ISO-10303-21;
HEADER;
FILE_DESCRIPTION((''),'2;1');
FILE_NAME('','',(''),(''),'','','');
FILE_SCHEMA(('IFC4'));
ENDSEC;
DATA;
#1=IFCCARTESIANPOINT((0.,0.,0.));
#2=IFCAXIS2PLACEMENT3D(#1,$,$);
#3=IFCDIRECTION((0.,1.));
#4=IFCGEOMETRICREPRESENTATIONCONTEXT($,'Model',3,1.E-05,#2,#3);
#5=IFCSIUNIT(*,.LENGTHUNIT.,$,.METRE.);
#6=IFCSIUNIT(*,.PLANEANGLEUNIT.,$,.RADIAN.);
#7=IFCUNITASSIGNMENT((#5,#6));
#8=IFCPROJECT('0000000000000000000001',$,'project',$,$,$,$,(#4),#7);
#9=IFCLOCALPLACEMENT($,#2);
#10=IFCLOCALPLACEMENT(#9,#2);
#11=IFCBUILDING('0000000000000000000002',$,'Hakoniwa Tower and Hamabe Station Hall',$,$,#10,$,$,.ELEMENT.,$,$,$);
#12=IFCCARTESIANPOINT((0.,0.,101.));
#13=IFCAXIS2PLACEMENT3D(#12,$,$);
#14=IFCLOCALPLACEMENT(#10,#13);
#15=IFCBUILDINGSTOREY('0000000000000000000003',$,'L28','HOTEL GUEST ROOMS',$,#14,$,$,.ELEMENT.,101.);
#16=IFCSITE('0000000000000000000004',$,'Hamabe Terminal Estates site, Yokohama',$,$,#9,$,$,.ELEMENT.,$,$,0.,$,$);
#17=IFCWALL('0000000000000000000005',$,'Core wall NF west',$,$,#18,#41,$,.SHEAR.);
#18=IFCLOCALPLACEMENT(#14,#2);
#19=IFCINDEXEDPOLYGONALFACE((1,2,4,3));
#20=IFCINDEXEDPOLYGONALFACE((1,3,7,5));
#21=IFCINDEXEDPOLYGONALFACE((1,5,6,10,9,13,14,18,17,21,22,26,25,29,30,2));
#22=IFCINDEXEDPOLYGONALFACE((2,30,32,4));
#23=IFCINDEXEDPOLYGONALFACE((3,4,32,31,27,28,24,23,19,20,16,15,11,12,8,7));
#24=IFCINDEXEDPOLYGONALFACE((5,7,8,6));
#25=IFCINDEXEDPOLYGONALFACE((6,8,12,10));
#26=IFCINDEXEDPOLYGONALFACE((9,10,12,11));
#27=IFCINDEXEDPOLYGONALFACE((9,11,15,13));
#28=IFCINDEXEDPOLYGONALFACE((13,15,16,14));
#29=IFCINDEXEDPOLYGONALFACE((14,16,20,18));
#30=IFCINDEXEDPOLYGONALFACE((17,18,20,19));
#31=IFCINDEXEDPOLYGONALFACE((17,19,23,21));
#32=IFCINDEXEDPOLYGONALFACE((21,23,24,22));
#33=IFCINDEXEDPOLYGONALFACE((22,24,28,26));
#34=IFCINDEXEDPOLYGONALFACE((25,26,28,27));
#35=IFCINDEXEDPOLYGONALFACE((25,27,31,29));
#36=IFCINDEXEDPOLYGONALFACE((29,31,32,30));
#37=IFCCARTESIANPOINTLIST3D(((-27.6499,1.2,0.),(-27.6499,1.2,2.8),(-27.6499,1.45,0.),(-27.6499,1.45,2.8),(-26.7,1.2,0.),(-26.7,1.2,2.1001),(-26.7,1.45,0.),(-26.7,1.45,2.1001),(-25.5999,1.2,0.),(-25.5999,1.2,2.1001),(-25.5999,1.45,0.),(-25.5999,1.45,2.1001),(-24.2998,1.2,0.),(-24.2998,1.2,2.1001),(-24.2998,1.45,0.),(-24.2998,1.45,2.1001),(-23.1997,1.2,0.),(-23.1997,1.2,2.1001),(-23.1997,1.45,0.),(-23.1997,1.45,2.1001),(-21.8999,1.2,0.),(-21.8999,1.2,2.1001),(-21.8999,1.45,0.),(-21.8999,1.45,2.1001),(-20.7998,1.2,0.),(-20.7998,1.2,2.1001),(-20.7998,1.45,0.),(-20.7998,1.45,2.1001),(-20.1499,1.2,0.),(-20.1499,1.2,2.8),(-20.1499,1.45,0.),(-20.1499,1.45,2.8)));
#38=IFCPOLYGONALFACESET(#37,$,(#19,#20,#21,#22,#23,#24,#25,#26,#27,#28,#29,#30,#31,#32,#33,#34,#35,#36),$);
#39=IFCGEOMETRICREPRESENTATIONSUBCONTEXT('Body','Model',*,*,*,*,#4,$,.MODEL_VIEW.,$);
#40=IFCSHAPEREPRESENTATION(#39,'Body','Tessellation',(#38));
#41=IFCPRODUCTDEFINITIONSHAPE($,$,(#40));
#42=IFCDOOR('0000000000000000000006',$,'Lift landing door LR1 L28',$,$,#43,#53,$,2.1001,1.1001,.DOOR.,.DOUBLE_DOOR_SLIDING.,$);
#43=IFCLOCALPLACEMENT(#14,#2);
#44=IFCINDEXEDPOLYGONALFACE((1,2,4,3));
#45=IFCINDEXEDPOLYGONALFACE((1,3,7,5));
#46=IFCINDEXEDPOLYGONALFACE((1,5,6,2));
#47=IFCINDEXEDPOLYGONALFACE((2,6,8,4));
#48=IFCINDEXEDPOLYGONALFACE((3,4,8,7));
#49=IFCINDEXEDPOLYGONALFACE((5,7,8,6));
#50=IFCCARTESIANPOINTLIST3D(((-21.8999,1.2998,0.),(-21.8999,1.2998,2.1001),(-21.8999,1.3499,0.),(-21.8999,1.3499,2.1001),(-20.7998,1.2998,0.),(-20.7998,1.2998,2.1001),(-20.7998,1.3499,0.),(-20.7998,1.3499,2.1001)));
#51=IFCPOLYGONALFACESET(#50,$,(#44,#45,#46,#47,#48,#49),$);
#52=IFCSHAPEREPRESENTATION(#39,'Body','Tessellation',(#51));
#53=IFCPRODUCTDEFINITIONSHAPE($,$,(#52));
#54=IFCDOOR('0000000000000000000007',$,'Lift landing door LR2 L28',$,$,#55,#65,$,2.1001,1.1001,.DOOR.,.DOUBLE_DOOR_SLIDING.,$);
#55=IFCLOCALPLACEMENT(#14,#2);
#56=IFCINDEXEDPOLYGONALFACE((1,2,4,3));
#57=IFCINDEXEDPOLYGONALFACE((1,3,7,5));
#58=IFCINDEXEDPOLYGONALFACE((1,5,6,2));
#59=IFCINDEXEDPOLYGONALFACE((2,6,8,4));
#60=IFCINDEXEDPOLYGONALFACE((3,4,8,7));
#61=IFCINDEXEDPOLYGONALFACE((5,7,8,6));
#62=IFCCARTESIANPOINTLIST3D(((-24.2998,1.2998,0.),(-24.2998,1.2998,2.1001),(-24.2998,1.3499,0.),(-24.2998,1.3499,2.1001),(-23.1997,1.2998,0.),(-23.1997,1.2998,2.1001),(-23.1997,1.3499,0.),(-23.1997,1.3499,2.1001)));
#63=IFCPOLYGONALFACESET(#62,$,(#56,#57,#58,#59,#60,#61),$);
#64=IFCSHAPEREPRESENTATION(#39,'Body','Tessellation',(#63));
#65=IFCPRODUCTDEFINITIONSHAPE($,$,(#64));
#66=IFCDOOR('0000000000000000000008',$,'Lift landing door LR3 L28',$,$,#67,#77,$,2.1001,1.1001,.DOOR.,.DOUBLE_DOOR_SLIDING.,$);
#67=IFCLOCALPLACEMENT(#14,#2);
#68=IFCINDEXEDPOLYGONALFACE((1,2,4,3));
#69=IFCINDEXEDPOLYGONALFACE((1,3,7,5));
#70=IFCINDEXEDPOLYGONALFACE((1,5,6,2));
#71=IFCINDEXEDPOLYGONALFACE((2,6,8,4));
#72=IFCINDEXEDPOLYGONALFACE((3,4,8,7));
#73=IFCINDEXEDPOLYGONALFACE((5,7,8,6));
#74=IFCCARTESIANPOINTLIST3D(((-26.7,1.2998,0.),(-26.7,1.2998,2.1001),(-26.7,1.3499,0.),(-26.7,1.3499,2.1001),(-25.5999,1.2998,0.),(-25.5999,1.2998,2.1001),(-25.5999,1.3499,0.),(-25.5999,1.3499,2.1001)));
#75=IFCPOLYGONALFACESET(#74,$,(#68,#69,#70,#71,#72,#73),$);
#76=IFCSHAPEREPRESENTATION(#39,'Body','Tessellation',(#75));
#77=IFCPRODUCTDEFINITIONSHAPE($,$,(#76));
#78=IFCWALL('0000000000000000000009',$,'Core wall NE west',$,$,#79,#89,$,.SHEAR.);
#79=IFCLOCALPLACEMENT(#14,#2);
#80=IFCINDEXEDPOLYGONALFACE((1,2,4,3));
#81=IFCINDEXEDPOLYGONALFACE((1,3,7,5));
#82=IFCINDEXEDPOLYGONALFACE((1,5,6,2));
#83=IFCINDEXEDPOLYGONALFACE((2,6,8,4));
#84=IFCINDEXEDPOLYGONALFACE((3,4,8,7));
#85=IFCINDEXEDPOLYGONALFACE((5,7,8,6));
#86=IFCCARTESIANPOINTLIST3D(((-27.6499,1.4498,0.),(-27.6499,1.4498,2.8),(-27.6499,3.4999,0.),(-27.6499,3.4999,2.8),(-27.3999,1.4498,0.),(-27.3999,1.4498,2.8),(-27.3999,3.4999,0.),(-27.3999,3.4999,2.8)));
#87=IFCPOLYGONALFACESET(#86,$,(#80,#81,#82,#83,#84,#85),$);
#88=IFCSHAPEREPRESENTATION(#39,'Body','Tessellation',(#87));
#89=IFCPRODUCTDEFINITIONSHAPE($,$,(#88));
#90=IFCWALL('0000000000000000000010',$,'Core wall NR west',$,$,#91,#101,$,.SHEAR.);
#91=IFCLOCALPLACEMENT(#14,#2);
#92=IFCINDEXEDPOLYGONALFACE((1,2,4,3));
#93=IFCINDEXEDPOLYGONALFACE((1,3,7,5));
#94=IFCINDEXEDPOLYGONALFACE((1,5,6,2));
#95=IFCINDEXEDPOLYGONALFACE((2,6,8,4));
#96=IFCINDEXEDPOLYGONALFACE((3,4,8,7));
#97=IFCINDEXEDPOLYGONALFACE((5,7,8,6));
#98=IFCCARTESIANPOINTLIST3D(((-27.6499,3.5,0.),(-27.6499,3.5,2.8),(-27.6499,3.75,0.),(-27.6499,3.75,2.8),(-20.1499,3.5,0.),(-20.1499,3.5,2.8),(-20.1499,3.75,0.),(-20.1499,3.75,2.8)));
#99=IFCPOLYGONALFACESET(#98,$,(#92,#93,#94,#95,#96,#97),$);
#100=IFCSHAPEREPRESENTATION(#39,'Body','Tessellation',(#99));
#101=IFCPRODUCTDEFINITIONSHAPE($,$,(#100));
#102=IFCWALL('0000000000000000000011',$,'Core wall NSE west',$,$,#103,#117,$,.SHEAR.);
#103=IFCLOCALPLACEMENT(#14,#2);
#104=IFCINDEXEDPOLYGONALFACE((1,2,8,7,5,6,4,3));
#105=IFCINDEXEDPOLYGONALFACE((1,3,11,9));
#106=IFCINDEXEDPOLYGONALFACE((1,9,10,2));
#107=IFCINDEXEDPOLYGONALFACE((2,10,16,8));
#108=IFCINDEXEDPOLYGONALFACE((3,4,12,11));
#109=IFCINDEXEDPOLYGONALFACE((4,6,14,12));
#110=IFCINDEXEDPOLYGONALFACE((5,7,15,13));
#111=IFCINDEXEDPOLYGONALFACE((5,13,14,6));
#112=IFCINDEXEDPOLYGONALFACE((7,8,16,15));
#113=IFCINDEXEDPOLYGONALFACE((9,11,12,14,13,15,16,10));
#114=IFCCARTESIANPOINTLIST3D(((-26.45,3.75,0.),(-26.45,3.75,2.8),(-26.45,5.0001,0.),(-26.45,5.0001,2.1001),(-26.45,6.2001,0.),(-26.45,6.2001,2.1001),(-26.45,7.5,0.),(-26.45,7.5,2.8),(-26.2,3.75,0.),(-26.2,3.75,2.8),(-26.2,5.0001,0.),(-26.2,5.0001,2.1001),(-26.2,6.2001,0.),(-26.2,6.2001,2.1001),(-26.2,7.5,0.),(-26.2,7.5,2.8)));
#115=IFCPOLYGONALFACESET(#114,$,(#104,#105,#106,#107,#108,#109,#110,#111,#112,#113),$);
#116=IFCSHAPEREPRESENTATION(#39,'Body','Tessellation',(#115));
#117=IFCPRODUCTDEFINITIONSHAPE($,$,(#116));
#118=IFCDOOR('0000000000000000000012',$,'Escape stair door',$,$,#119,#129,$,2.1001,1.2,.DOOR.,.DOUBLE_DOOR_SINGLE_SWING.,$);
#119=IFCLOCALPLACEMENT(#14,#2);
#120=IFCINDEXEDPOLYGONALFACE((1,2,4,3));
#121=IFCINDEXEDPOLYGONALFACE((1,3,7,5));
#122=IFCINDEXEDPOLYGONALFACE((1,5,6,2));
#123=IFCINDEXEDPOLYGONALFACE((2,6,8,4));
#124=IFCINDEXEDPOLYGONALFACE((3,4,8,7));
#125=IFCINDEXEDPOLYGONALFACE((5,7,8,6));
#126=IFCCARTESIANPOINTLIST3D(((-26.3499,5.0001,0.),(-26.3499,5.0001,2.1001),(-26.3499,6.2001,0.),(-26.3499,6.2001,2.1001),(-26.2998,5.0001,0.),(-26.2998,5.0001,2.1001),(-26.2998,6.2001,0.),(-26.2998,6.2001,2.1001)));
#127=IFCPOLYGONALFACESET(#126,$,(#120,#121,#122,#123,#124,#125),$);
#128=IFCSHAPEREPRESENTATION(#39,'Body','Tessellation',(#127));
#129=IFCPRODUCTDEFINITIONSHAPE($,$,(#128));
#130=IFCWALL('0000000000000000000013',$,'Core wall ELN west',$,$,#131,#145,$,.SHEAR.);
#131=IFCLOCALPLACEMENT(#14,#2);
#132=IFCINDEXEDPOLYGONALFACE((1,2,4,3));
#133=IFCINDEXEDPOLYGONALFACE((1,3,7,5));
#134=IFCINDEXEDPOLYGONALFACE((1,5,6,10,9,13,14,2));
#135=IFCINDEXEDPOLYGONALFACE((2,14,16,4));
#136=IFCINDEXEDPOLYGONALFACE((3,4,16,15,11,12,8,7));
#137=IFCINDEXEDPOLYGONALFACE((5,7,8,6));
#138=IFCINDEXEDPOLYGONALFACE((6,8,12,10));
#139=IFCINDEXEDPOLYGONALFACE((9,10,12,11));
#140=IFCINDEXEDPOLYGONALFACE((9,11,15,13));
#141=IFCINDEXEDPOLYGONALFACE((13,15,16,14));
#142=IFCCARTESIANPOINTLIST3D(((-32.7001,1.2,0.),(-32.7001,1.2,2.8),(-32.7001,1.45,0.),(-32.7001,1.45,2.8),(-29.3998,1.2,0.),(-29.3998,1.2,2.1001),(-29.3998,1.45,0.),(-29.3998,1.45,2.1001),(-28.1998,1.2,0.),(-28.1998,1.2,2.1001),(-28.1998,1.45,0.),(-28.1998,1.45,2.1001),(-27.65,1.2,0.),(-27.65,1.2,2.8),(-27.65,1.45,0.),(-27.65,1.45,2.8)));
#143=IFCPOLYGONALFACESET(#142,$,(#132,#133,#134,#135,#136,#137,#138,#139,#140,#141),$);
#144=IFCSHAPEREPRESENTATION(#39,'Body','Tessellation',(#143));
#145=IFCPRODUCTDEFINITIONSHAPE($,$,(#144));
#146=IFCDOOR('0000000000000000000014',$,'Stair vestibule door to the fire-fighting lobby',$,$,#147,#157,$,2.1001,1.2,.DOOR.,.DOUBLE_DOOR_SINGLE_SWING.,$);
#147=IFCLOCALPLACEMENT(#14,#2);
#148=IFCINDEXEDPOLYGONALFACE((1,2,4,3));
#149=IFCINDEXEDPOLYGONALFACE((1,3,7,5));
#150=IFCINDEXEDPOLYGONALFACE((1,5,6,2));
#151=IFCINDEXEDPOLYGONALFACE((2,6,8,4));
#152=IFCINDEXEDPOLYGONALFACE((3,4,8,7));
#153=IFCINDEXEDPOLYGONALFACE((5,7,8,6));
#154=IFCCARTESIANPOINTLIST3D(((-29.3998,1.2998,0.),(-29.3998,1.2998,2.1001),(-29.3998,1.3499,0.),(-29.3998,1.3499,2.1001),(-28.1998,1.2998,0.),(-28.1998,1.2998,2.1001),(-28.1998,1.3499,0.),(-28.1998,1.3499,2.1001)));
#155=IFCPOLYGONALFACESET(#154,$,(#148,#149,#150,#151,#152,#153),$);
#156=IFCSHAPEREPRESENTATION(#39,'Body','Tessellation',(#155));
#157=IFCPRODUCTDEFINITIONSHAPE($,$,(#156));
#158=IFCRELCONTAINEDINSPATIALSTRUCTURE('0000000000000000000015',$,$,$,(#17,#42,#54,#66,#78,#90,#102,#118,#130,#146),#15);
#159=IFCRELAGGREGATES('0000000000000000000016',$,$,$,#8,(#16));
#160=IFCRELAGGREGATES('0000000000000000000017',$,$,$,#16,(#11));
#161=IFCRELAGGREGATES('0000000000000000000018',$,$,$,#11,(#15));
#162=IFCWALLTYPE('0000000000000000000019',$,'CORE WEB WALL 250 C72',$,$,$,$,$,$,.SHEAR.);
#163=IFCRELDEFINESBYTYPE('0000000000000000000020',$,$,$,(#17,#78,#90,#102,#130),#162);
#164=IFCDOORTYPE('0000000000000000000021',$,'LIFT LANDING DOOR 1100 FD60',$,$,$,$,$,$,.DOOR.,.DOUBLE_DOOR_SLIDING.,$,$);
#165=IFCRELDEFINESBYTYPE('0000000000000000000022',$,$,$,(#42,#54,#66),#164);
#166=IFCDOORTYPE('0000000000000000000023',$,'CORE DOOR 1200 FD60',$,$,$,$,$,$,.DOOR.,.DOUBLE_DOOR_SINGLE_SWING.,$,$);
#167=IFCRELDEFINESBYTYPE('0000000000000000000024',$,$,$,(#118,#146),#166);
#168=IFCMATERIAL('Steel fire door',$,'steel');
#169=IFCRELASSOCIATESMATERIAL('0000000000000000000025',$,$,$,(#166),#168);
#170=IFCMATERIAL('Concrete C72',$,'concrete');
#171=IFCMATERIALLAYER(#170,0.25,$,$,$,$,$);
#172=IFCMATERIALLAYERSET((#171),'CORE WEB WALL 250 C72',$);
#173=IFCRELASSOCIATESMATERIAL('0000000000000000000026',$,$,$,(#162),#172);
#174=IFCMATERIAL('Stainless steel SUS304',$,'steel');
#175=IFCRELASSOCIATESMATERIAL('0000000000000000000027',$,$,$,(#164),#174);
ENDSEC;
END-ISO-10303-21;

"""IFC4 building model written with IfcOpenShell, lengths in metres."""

from ifc_helpers import new_model, si_unit, direction, frame, frame_2d, origin, place, context, subcontext, project, spatial, rectangle, extrude, material, layer, layer_set, type_object, element, fill, save


model = new_model("IFC4")

# Units and contexts
model_context = context("Model", 3, precision=1e-05, world=origin(), true_north=direction((0.0, 1.0)))
body_context = subcontext(model_context, "Body", "Model", "MODEL_VIEW")
ifc_project = project(units=[si_unit("LENGTHUNIT", "METRE"), si_unit("PLANEANGLEUNIT", "RADIAN")], contexts=[model_context])

# Site, building, storey
site_placement = place(None, origin())
site = spatial("IfcSite", under=ifc_project, at=site_placement, Name="Hamabe Terminal Estates site, Yokohama", CompositionType="ELEMENT", RefElevation=0.0)
building_placement = place(site_placement, origin())
building = spatial("IfcBuilding", under=site, at=building_placement, Name="Hakoniwa Tower and Hamabe Station Hall", CompositionType="ELEMENT")
storey_placement = place(building_placement, frame((0.0, 0.0, 101.0)))
storey = spatial("IfcBuildingStorey", under=building, at=storey_placement, Name="L28", Description="HOTEL GUEST ROOMS", CompositionType="ELEMENT", Elevation=101.0)

# Shared definitions
ifc_material_1 = material(Name="Steel fire door", Category="steel")
door_type_1 = type_object("IfcDoorType", Name="CORE DOOR 1200 FD60", OperationType="DOUBLE_DOOR_SINGLE_SWING", PredefinedType="DOOR", material=ifc_material_1)

# Wall, openings, doors
ifc_material_2 = material(Name="Concrete C72", Category="concrete")
ifc_layer_1 = layer(ifc_material_2, 0.25)
ifc_layer_set_1 = layer_set([ifc_layer_1], Name="CORE WEB WALL 250 C72")
wall_type_1 = type_object("IfcWallType", Name="CORE WEB WALL 250 C72", PredefinedType="SHEAR", material=ifc_layer_set_1)
wall_1_placement = place(storey_placement, frame((-27.6499, 1.325, 0.0), z_axis=(0.0, 0.0, 1.0), x_axis=(1.0, 0.0, 0.0)))
wall_1 = element("IfcWall", 1, at=wall_1_placement, inside=storey, type_object=wall_type_1, Name="Core wall NF west", PredefinedType="SHEAR", context=body_context, shape_type="SweptSolid", body=[
    extrude(rectangle(XDim=7.5, YDim=0.25, at=frame_2d((3.75, 0.0))), origin(), (0.0, 0.0, 1.0), 2.8),
])
opening_1_placement = place(wall_1_placement, frame((5.75, 0.0, 0.0)))
opening_1 = element("IfcOpeningElement", 2, at=opening_1_placement, cuts=wall_1, PredefinedType="OPENING", context=body_context, shape_type="SweptSolid", body=[
    extrude(rectangle(XDim=1.1001, YDim=2.1001, at=frame_2d((0.55, 1.05))), frame((0.0, 0.135, 0.0), z_axis=(0.0, -1.0, 0.0), x_axis=(1.0, 0.0, 0.0)), (0.0, 0.0, 1.0), 0.27),
])
opening_2_placement = place(wall_1_placement, frame((3.3501, 0.0, 0.0)))
opening_2 = element("IfcOpeningElement", 3, at=opening_2_placement, cuts=wall_1, PredefinedType="OPENING", context=body_context, shape_type="SweptSolid", body=[
    extrude(rectangle(XDim=1.1001, YDim=2.1001, at=frame_2d((0.55, 1.05))), frame((0.0, 0.135, 0.0), z_axis=(0.0, -1.0, 0.0), x_axis=(1.0, 0.0, 0.0)), (0.0, 0.0, 1.0), 0.27),
])
opening_3_placement = place(wall_1_placement, frame((0.95, 0.0, 0.0)))
opening_3 = element("IfcOpeningElement", 4, at=opening_3_placement, cuts=wall_1, PredefinedType="OPENING", context=body_context, shape_type="SweptSolid", body=[
    extrude(rectangle(XDim=1.1001, YDim=2.1001, at=frame_2d((0.55, 1.05))), frame((0.0, 0.135, 0.0), z_axis=(0.0, -1.0, 0.0), x_axis=(1.0, 0.0, 0.0)), (0.0, 0.0, 1.0), 0.27),
])
ifc_material_3 = material(Name="Stainless steel SUS304", Category="steel")
door_type_2 = type_object("IfcDoorType", Name="LIFT LANDING DOOR 1100 FD60", OperationType="DOUBLE_DOOR_SLIDING", PredefinedType="DOOR", material=ifc_material_3)
door_1_placement = place(opening_1_placement, origin())
door_1 = element("IfcDoor", 5, at=door_1_placement, inside=storey, type_object=door_type_2, Name="Lift landing door LR1 L28", OperationType="DOUBLE_DOOR_SLIDING", OverallHeight=2.1001, OverallWidth=1.1001, PredefinedType="DOOR", context=body_context, shape_type="SweptSolid", body=[
    extrude(rectangle(XDim=1.1001, YDim=2.1001, at=frame_2d((0.55, 1.05))), frame((0.0, 0.0249, 0.0), z_axis=(0.0, -1.0, 0.0), x_axis=(1.0, 0.0, 0.0)), (0.0, 0.0, 1.0), 0.05),
])
fill(opening_1, door_1)
door_2_placement = place(opening_2_placement, origin())
door_2 = element("IfcDoor", 6, at=door_2_placement, inside=storey, type_object=door_type_2, Name="Lift landing door LR2 L28", OperationType="DOUBLE_DOOR_SLIDING", OverallHeight=2.1001, OverallWidth=1.1001, PredefinedType="DOOR", context=body_context, shape_type="SweptSolid", body=[
    extrude(rectangle(XDim=1.1001, YDim=2.1001, at=frame_2d((0.55, 1.05))), frame((0.0, 0.0249, 0.0), z_axis=(0.0, -1.0, 0.0), x_axis=(1.0, 0.0, 0.0)), (0.0, 0.0, 1.0), 0.05),
])
fill(opening_2, door_2)
door_3_placement = place(opening_3_placement, origin())
door_3 = element("IfcDoor", 7, at=door_3_placement, inside=storey, type_object=door_type_2, Name="Lift landing door LR3 L28", OperationType="DOUBLE_DOOR_SLIDING", OverallHeight=2.1001, OverallWidth=1.1001, PredefinedType="DOOR", context=body_context, shape_type="SweptSolid", body=[
    extrude(rectangle(XDim=1.1001, YDim=2.1001, at=frame_2d((0.55, 1.05))), frame((0.0, 0.0249, 0.0), z_axis=(0.0, -1.0, 0.0), x_axis=(1.0, 0.0, 0.0)), (0.0, 0.0, 1.0), 0.05),
])
fill(opening_3, door_3)

# Walls
wall_2_placement = place(storey_placement, frame((-27.5249, 1.45, 0.0), z_axis=(0.0, 0.0, 1.0), x_axis=(0.0, 1.0, 0.0)))
element("IfcWall", 8, at=wall_2_placement, inside=storey, type_object=wall_type_1, Name="Core wall NE west", PredefinedType="SHEAR", context=body_context, shape_type="SweptSolid", body=[
    extrude(rectangle(XDim=2.05, YDim=0.25, at=frame_2d((1.0249, 0.0))), origin(), (0.0, 0.0, 1.0), 2.8),
])
wall_3_placement = place(storey_placement, frame((-27.6499, 3.625, 0.0), z_axis=(0.0, 0.0, 1.0), x_axis=(1.0, 0.0, 0.0)))
element("IfcWall", 9, at=wall_3_placement, inside=storey, type_object=wall_type_1, Name="Core wall NR west", PredefinedType="SHEAR", context=body_context, shape_type="SweptSolid", body=[
    extrude(rectangle(XDim=7.5, YDim=0.25, at=frame_2d((3.75, 0.0))), origin(), (0.0, 0.0, 1.0), 2.8),
])

# Walls, openings, doors
wall_4_placement = place(storey_placement, frame((-26.325, 3.75, 0.0), z_axis=(0.0, 0.0, 1.0), x_axis=(0.0, 1.0, 0.0)))
wall_4 = element("IfcWall", 10, at=wall_4_placement, inside=storey, type_object=wall_type_1, Name="Core wall NSE west", PredefinedType="SHEAR", context=body_context, shape_type="SweptSolid", body=[
    extrude(rectangle(XDim=3.75, YDim=0.25, at=frame_2d((1.875, 0.0))), origin(), (0.0, 0.0, 1.0), 2.8),
])
opening_4_placement = place(wall_4_placement, frame((1.25, 0.0, 0.0)))
opening_4 = element("IfcOpeningElement", 11, at=opening_4_placement, cuts=wall_4, PredefinedType="OPENING", context=body_context, shape_type="SweptSolid", body=[
    extrude(rectangle(XDim=1.2, YDim=2.1001, at=frame_2d((0.6001, 1.05))), frame((0.0, 0.135, 0.0), z_axis=(0.0, -1.0, 0.0), x_axis=(1.0, 0.0, 0.0)), (0.0, 0.0, 1.0), 0.27),
])
door_4_placement = place(opening_4_placement, origin())
door_4 = element("IfcDoor", 12, at=door_4_placement, inside=storey, type_object=door_type_1, Name="Escape stair door", OperationType="DOUBLE_DOOR_SINGLE_SWING", OverallHeight=2.1001, OverallWidth=1.2, PredefinedType="DOOR", context=body_context, shape_type="SweptSolid", body=[
    extrude(rectangle(XDim=1.2, YDim=2.1001, at=frame_2d((0.6001, 1.05))), frame((0.0, 0.0249, 0.0), z_axis=(0.0, -1.0, 0.0), x_axis=(1.0, 0.0, 0.0)), (0.0, 0.0, 1.0), 0.05),
])
fill(opening_4, door_4)
wall_5_placement = place(storey_placement, frame((-32.7, 1.325, 0.0), z_axis=(0.0, 0.0, 1.0), x_axis=(1.0, 0.0, 0.0)))
wall_5 = element("IfcWall", 13, at=wall_5_placement, inside=storey, type_object=wall_type_1, Name="Core wall ELN west", PredefinedType="SHEAR", context=body_context, shape_type="SweptSolid", body=[
    extrude(rectangle(XDim=5.05, YDim=0.25, at=frame_2d((2.5249, 0.0))), origin(), (0.0, 0.0, 1.0), 2.8),
])
opening_5_placement = place(wall_5_placement, frame((3.3, 0.0, 0.0)))
opening_5 = element("IfcOpeningElement", 14, at=opening_5_placement, cuts=wall_5, PredefinedType="OPENING", context=body_context, shape_type="SweptSolid", body=[
    extrude(rectangle(XDim=1.2, YDim=2.1001, at=frame_2d((0.6001, 1.05))), frame((0.0, 0.135, 0.0), z_axis=(0.0, -1.0, 0.0), x_axis=(1.0, 0.0, 0.0)), (0.0, 0.0, 1.0), 0.27),
])
door_5_placement = place(opening_5_placement, origin())
door_5 = element("IfcDoor", 15, at=door_5_placement, inside=storey, type_object=door_type_1, Name="Stair vestibule door to the fire-fighting lobby", OperationType="DOUBLE_DOOR_SINGLE_SWING", OverallHeight=2.1001, OverallWidth=1.2, PredefinedType="DOOR", context=body_context, shape_type="SweptSolid", body=[
    extrude(rectangle(XDim=1.2, YDim=2.1001, at=frame_2d((0.6001, 1.05))), frame((0.0, 0.0249, 0.0), z_axis=(0.0, -1.0, 0.0), x_axis=(1.0, 0.0, 0.0)), (0.0, 0.0, 1.0), 0.05),
])
fill(opening_5, door_5)

save(model, "model.ifc")
